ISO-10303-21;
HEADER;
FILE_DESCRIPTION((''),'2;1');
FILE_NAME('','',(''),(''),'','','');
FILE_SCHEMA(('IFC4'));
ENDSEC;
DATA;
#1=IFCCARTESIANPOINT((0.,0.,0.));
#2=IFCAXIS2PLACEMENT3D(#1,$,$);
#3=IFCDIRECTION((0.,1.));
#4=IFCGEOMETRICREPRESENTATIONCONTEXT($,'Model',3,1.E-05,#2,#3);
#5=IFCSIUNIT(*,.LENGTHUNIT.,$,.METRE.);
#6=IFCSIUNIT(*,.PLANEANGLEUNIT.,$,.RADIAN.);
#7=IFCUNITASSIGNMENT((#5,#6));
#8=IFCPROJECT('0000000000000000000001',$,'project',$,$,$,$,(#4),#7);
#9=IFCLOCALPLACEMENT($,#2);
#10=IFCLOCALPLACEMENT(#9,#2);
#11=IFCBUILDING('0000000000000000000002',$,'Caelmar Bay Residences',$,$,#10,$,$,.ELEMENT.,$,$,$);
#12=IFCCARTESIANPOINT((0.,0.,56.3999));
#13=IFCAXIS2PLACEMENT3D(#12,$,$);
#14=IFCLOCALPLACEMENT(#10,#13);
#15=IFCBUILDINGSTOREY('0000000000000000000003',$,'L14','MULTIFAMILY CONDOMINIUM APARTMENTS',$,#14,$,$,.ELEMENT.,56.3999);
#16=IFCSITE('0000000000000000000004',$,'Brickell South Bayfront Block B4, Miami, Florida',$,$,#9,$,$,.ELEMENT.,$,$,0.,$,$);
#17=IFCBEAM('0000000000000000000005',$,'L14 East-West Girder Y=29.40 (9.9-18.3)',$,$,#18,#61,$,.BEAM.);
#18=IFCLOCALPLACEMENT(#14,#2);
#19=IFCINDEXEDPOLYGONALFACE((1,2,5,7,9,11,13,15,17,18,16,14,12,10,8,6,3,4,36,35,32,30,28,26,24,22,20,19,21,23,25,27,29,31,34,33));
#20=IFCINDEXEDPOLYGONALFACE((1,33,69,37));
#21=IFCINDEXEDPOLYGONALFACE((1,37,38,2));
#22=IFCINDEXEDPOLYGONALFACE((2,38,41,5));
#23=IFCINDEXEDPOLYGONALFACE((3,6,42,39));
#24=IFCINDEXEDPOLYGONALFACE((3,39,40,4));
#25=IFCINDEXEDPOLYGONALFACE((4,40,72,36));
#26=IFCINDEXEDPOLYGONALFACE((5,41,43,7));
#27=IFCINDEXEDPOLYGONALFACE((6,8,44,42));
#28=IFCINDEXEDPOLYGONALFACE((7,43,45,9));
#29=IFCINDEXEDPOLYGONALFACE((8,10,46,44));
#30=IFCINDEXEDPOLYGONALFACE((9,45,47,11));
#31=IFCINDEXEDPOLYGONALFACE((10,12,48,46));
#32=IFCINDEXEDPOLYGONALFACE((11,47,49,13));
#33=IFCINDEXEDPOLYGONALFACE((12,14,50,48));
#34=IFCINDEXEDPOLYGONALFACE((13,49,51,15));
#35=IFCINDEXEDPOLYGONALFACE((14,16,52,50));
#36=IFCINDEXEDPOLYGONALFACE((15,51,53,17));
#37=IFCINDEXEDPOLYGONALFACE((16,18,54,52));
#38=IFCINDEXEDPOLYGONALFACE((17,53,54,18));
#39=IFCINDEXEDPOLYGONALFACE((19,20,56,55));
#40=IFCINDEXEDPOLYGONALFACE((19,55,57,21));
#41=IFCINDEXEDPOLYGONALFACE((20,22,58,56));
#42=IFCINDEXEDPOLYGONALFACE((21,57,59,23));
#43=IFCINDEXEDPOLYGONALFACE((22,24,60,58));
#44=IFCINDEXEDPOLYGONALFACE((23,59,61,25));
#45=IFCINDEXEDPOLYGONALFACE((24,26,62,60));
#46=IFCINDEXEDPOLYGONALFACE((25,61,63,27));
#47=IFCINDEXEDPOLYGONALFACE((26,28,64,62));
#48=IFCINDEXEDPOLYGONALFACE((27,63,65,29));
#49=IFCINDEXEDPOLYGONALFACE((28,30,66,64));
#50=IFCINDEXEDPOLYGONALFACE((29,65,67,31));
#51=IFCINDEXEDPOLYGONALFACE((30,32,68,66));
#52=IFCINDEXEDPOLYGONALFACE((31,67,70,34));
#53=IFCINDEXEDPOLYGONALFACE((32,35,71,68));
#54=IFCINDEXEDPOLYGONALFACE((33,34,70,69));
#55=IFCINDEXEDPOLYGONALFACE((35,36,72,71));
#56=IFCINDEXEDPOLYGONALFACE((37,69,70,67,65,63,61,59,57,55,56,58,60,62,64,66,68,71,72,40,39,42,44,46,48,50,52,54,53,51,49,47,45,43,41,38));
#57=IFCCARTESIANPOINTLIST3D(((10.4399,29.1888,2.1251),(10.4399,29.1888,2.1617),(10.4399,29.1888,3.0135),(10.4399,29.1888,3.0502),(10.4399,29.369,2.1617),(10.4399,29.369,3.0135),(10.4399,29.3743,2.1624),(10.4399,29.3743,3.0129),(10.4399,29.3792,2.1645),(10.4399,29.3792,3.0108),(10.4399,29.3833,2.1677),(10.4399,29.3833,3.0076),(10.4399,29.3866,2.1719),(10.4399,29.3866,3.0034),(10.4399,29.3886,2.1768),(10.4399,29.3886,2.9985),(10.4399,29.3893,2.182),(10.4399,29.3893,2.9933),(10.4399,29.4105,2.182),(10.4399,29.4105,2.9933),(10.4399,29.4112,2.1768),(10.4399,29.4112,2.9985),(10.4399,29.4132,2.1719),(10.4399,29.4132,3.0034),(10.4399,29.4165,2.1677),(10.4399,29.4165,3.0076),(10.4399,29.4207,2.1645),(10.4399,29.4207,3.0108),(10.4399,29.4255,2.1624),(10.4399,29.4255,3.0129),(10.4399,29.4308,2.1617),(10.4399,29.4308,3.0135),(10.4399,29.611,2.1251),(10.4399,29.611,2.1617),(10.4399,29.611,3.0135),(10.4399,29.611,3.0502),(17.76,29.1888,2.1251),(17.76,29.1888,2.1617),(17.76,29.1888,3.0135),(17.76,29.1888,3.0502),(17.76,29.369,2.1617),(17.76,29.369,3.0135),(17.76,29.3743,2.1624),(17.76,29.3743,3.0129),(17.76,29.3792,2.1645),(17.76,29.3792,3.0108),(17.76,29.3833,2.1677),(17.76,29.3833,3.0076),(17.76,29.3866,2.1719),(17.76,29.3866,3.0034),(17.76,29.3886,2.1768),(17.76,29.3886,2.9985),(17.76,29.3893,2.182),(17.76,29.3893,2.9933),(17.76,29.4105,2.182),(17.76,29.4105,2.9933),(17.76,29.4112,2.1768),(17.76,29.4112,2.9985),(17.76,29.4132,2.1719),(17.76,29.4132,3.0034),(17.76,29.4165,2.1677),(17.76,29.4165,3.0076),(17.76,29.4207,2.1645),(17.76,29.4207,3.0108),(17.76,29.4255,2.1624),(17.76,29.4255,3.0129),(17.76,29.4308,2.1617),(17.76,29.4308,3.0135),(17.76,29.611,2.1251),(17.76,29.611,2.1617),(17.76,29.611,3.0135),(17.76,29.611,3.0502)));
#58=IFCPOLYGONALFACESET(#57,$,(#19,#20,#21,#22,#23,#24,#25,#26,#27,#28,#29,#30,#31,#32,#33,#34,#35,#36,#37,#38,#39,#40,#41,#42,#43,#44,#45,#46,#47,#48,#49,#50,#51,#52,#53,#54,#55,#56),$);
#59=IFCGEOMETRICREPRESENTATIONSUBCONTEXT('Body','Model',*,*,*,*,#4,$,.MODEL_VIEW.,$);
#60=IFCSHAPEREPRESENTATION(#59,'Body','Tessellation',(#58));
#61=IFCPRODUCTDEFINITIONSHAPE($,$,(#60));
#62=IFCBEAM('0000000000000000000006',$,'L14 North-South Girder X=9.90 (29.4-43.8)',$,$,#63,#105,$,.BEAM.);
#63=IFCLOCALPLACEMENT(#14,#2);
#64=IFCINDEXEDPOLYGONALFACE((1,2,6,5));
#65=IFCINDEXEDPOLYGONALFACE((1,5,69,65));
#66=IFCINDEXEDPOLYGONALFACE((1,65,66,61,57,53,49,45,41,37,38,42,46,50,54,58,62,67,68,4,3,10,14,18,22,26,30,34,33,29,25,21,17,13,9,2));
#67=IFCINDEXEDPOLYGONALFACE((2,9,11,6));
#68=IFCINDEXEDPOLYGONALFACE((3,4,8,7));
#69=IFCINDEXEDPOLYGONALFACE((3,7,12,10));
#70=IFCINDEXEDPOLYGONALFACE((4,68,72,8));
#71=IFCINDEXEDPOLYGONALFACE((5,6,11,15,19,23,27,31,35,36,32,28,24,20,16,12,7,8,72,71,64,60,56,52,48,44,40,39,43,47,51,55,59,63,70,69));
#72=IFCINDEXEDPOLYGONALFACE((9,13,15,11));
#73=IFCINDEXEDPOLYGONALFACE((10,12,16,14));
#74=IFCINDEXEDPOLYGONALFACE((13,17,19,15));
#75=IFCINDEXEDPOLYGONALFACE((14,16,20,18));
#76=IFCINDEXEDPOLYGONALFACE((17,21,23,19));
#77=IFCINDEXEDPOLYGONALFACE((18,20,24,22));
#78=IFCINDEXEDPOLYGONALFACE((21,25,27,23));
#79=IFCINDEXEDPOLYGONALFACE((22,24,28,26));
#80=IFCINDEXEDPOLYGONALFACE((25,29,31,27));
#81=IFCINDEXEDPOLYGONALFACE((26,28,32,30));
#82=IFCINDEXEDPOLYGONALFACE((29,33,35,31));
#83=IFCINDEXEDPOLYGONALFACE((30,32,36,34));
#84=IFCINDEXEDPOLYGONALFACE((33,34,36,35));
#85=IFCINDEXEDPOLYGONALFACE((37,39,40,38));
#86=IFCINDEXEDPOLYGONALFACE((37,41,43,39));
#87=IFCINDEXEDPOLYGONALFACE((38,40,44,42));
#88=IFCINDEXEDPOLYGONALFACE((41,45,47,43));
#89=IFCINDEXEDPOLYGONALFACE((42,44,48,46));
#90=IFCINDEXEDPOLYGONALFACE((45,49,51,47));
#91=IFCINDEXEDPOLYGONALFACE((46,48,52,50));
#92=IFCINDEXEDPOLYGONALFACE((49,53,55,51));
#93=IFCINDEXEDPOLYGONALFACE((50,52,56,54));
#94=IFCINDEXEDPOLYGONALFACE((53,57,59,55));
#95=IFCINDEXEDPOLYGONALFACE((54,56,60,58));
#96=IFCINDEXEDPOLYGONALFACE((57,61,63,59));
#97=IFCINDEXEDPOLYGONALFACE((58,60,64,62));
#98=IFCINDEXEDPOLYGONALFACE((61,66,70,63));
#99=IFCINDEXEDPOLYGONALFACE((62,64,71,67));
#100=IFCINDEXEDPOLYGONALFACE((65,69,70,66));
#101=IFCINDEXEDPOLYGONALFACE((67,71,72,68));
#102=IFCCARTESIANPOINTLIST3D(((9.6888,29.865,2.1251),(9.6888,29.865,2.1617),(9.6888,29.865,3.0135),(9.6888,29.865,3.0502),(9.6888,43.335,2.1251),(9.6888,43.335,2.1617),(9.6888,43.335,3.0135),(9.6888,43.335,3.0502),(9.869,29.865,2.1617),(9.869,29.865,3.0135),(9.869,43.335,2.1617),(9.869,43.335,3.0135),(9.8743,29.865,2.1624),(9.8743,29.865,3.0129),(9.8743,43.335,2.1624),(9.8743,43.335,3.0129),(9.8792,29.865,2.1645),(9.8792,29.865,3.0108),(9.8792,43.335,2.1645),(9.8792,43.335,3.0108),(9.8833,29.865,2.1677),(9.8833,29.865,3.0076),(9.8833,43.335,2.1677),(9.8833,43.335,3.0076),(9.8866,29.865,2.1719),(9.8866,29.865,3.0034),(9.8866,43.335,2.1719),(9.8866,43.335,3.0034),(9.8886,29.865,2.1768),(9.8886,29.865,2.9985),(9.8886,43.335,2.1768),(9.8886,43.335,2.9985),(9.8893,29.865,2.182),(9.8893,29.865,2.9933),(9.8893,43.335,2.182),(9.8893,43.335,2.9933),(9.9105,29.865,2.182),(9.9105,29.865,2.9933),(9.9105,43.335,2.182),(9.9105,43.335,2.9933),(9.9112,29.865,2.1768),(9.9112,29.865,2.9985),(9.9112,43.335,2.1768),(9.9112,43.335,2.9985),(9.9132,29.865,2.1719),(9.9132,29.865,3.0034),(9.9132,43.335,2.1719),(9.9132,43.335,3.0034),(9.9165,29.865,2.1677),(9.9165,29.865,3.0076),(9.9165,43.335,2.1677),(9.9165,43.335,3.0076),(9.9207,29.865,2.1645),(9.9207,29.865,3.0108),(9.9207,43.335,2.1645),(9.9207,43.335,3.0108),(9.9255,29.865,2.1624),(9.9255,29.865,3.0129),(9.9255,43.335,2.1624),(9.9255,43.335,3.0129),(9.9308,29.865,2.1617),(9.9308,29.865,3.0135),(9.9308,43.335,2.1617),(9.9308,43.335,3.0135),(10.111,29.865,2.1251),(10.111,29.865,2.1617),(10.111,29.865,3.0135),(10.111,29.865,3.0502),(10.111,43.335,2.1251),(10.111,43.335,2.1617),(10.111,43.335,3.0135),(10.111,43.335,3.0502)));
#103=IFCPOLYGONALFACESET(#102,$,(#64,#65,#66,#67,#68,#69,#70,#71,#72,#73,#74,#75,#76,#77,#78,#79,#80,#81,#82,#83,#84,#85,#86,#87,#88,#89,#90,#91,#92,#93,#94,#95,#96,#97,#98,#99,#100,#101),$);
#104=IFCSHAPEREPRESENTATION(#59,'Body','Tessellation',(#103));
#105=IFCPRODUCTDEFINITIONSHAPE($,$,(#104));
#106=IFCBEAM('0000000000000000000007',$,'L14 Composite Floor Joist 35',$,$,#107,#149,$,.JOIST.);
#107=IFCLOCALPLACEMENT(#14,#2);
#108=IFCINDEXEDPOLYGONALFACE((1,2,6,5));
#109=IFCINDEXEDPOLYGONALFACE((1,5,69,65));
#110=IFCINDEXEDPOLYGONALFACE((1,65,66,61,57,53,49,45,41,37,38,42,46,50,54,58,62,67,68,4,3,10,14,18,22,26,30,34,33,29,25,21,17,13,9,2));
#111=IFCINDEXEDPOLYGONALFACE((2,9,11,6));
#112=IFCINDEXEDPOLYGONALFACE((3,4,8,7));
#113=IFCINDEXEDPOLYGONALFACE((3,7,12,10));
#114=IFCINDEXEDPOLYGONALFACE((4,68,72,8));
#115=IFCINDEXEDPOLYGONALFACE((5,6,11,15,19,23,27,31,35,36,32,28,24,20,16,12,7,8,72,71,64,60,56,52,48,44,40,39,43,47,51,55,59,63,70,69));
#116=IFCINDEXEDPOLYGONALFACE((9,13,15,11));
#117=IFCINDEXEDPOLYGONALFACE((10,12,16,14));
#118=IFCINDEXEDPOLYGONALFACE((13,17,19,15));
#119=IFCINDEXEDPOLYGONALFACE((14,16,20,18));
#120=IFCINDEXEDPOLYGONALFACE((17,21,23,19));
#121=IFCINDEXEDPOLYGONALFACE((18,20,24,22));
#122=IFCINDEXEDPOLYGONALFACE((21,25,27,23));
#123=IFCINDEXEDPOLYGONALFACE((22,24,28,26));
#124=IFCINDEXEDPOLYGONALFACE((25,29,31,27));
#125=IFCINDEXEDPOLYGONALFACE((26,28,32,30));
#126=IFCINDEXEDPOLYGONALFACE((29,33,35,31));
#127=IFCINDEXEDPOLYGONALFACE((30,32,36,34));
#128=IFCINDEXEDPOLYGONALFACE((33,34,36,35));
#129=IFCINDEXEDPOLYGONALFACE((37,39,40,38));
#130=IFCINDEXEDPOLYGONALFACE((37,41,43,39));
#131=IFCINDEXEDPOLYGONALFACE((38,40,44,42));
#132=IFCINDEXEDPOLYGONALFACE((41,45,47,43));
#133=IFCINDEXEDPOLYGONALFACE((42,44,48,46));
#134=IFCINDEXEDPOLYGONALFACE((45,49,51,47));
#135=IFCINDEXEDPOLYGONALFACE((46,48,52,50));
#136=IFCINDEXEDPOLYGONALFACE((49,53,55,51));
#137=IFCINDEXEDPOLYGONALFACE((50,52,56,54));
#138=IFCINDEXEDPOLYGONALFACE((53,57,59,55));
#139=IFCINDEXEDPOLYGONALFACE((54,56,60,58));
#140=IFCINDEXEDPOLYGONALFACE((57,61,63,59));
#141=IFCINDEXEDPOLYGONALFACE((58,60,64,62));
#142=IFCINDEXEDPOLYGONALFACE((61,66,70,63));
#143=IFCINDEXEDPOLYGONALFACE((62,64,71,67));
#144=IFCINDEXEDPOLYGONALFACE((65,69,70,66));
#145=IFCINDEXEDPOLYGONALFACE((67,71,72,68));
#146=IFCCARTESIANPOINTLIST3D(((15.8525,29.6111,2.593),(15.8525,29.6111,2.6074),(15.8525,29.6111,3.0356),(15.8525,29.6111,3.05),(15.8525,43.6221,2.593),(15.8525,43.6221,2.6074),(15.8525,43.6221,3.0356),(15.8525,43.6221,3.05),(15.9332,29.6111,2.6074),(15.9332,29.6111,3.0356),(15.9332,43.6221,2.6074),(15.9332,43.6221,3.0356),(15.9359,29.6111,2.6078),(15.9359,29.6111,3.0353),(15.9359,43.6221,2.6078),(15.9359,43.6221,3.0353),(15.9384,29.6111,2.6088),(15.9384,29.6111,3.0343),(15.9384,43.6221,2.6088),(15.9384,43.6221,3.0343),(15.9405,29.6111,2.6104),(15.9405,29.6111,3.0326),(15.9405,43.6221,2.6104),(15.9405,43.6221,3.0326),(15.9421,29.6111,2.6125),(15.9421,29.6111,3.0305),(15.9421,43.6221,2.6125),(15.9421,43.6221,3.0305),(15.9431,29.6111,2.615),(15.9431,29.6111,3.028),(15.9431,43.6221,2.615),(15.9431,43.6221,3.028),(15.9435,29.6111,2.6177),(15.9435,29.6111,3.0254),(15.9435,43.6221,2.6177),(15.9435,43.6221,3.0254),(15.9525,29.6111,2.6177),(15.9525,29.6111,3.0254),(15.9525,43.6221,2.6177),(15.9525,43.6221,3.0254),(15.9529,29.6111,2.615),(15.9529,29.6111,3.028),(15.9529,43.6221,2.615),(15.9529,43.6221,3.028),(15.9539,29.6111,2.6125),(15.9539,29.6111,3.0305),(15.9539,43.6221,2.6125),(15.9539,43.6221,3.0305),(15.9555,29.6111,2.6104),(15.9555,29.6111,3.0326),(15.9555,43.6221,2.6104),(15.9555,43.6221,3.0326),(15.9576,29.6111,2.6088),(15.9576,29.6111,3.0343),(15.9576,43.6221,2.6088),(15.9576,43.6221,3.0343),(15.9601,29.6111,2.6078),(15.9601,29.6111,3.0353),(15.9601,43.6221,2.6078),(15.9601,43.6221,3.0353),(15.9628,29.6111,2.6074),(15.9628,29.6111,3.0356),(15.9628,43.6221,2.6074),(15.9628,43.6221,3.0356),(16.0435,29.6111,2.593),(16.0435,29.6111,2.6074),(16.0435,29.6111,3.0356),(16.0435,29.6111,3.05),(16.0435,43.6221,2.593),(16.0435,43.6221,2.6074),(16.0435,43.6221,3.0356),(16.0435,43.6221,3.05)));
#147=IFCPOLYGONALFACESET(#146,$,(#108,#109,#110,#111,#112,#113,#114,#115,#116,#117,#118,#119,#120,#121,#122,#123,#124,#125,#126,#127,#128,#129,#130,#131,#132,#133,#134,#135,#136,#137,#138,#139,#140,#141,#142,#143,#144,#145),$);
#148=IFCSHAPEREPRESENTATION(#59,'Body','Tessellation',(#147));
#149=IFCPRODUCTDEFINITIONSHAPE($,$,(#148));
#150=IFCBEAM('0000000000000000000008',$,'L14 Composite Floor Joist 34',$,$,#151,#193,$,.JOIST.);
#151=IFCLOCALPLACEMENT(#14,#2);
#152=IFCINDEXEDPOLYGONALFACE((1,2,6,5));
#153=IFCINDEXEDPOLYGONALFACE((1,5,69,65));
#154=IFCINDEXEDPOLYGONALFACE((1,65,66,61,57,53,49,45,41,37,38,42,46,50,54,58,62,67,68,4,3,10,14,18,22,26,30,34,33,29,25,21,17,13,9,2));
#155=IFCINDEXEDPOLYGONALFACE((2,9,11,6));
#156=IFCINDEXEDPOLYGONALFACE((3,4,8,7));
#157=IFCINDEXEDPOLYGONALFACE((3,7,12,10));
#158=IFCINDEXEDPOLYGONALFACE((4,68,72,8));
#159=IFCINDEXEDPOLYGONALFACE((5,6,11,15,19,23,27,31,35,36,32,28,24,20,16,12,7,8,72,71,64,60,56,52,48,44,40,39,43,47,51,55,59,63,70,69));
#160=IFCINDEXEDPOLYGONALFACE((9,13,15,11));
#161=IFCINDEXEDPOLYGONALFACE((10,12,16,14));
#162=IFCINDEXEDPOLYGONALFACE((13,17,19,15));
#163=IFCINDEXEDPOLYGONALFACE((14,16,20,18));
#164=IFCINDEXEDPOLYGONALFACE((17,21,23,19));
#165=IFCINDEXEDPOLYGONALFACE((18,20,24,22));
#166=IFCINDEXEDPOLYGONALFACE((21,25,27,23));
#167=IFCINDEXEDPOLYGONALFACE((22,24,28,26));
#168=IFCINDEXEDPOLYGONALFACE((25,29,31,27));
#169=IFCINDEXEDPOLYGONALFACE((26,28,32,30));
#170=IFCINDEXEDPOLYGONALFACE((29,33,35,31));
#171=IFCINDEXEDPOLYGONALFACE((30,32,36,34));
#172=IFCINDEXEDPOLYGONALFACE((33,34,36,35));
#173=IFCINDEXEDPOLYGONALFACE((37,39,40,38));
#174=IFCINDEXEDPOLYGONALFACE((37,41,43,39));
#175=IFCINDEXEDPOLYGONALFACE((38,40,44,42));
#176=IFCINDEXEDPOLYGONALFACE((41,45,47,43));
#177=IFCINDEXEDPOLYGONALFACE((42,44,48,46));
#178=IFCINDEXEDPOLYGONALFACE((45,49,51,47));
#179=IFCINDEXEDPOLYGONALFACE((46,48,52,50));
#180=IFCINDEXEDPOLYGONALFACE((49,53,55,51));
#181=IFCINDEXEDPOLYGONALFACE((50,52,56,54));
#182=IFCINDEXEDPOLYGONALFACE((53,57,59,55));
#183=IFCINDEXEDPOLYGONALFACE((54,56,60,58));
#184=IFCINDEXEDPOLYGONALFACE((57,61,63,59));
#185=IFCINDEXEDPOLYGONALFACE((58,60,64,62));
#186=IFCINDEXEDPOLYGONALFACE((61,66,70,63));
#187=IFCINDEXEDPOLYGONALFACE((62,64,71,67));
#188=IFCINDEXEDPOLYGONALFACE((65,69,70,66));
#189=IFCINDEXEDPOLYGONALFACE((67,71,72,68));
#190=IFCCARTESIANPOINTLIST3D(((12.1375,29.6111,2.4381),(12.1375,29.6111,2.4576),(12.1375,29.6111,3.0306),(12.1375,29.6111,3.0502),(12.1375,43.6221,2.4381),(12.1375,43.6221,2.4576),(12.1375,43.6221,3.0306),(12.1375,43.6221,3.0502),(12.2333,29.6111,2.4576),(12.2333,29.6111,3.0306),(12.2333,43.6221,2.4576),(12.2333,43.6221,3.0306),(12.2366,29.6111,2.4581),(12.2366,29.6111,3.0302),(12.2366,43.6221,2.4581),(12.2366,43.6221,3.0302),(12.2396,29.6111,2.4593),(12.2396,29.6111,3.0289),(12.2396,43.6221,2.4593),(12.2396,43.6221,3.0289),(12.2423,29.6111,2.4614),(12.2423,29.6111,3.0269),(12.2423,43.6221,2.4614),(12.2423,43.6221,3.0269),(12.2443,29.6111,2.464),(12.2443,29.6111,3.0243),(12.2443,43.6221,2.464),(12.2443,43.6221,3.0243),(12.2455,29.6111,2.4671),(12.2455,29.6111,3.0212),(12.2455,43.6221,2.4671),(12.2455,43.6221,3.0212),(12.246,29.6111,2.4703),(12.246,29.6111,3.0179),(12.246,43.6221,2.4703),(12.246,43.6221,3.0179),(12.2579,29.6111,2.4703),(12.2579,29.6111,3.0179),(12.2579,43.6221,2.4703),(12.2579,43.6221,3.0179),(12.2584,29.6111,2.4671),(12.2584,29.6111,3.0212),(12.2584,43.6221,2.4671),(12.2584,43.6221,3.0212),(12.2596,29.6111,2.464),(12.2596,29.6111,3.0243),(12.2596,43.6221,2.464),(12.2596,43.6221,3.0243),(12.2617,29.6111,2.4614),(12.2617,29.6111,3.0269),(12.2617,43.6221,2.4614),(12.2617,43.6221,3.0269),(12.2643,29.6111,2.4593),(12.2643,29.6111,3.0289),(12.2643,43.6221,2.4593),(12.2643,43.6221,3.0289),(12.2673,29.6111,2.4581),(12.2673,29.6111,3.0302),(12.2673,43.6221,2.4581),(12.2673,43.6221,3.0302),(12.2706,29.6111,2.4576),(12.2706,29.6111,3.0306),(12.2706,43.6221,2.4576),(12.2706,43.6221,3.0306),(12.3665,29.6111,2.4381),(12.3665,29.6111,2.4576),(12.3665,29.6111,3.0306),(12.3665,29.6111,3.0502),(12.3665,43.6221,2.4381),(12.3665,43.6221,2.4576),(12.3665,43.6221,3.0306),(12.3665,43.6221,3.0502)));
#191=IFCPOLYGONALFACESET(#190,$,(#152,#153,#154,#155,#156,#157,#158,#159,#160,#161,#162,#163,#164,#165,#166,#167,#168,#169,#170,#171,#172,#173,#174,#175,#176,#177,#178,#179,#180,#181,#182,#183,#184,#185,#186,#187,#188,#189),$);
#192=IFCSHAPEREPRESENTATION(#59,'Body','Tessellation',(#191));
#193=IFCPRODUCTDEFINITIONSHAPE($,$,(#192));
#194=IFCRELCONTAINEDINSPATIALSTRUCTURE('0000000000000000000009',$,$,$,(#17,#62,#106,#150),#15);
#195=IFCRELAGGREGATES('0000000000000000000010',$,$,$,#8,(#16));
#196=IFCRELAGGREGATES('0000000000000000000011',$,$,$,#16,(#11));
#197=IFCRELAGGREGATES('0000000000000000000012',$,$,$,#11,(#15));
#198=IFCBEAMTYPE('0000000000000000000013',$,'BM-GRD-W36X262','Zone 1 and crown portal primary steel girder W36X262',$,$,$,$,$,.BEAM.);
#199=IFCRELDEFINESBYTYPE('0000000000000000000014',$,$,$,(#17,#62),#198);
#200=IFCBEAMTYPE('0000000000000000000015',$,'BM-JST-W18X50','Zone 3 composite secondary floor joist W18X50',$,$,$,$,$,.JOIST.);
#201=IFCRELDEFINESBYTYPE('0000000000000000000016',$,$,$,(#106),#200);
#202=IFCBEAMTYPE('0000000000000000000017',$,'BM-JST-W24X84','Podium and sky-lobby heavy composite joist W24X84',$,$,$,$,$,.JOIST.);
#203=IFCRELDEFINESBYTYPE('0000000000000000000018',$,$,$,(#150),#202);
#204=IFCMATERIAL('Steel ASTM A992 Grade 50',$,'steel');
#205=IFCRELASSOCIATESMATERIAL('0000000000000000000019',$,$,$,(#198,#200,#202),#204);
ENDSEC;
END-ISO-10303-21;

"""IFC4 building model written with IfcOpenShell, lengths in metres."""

from ifc_helpers import new_model, si_unit, direction, frame, origin, origin_2d, place, context, subcontext, project, spatial, i_section, extrude, material, material_profile, profile_set, type_object, element, save


model = new_model("IFC4")

# Units and contexts
model_context = context("Model", 3, precision=1e-05, world=origin(), true_north=direction((0.0, 1.0)))
body_context = subcontext(model_context, "Body", "Model", "MODEL_VIEW")
ifc_project = project(units=[si_unit("LENGTHUNIT", "METRE"), si_unit("PLANEANGLEUNIT", "RADIAN")], contexts=[model_context])

# Site, building, storey
site_placement = place(None, origin())
site = spatial("IfcSite", under=ifc_project, at=site_placement, Name="Brickell South Bayfront Block B4, Miami, Florida", CompositionType="ELEMENT", RefElevation=0.0)
building_placement = place(site_placement, origin())
building = spatial("IfcBuilding", under=site, at=building_placement, Name="Caelmar Bay Residences", CompositionType="ELEMENT")
storey_placement = place(building_placement, frame((0.0, 0.0, 56.3999)))
storey = spatial("IfcBuildingStorey", under=building, at=storey_placement, Name="L14", Description="MULTIFAMILY CONDOMINIUM APARTMENTS", CompositionType="ELEMENT", Elevation=56.3999)

# Beams
ifc_material_1 = material(Name="Steel ASTM A992 Grade 50", Category="steel")
ifc_material_profile_1 = material_profile(ifc_material_1, i_section(OverallWidth=0.4221, OverallDepth=0.925, WebThickness=0.0212, FlangeThickness=0.0366, FilletRadius=0.0203, at=origin_2d()), Name="W36X262")
ifc_profile_set_1 = profile_set([ifc_material_profile_1], Name="Steel ASTM A992 Grade 50")
beam_type_1 = type_object("IfcBeamType", Name="BM-GRD-W36X262", Description="Zone 1 and crown portal primary steel girder W36X262", PredefinedType="BEAM", material=ifc_profile_set_1)
beam_1_placement = place(storey_placement, frame((10.4399, 29.3999, 2.5876), z_axis=(1.0, 0.0, 0.0), x_axis=(0.0, 1.0, 0.0)))
element("IfcBeam", 1, at=beam_1_placement, inside=storey, type_object=beam_type_1, Name="L14 East-West Girder Y=29.40 (9.9-18.3)", PredefinedType="BEAM", context=body_context, shape_type="SweptSolid", body=[
    extrude(i_section(OverallWidth=0.4221, OverallDepth=0.925, WebThickness=0.0212, FlangeThickness=0.0366, FilletRadius=0.0203, at=origin_2d()), origin(), (0.0, 0.0, 1.0), 7.3201),
])
beam_2_placement = place(storey_placement, frame((9.8999, 29.865, 2.5876), z_axis=(0.0, 1.0, 0.0), x_axis=(-1.0, 0.0, 0.0)))
element("IfcBeam", 2, at=beam_2_placement, inside=storey, type_object=beam_type_1, Name="L14 North-South Girder X=9.90 (29.4-43.8)", PredefinedType="BEAM", context=body_context, shape_type="SweptSolid", body=[
    extrude(i_section(OverallWidth=0.4221, OverallDepth=0.925, WebThickness=0.0212, FlangeThickness=0.0366, FilletRadius=0.0203, at=origin_2d()), origin(), (0.0, 0.0, 1.0), 13.47),
])
ifc_material_profile_2 = material_profile(ifc_material_1, i_section(OverallWidth=0.1909, OverallDepth=0.457, WebThickness=0.009, FlangeThickness=0.0144, FilletRadius=0.0103, at=origin_2d()), Name="W18X50")
ifc_profile_set_2 = profile_set([ifc_material_profile_2], Name="Steel ASTM A992 Grade 50")
beam_type_2 = type_object("IfcBeamType", Name="BM-JST-W18X50", Description="Zone 3 composite secondary floor joist W18X50", PredefinedType="JOIST", material=ifc_profile_set_2)
beam_3_placement = place(storey_placement, frame((15.948, 29.6111, 2.8215), z_axis=(0.0, 1.0, 0.0), x_axis=(-1.0, 0.0, 0.0)))
element("IfcBeam", 3, at=beam_3_placement, inside=storey, type_object=beam_type_2, Name="L14 Composite Floor Joist 35", PredefinedType="JOIST", context=body_context, shape_type="SweptSolid", body=[
    extrude(i_section(OverallWidth=0.1909, OverallDepth=0.457, WebThickness=0.009, FlangeThickness=0.0144, FilletRadius=0.0103, at=origin_2d()), origin(), (0.0, 0.0, 1.0), 14.011),
])
ifc_material_profile_3 = material_profile(ifc_material_1, i_section(OverallWidth=0.229, OverallDepth=0.6121, WebThickness=0.012, FlangeThickness=0.0195, FilletRadius=0.0127, at=origin_2d()), Name="W24X84")
ifc_profile_set_3 = profile_set([ifc_material_profile_3], Name="Steel ASTM A992 Grade 50")
beam_type_3 = type_object("IfcBeamType", Name="BM-JST-W24X84", Description="Podium and sky-lobby heavy composite joist W24X84", PredefinedType="JOIST", material=ifc_profile_set_3)
beam_4_placement = place(storey_placement, frame((12.252, 29.6111, 2.7441), z_axis=(0.0, 1.0, 0.0), x_axis=(-1.0, 0.0, 0.0)))
element("IfcBeam", 4, at=beam_4_placement, inside=storey, type_object=beam_type_3, Name="L14 Composite Floor Joist 34", PredefinedType="JOIST", context=body_context, shape_type="SweptSolid", body=[
    extrude(i_section(OverallWidth=0.229, OverallDepth=0.6121, WebThickness=0.012, FlangeThickness=0.0195, FilletRadius=0.0127, at=origin_2d()), origin(), (0.0, 0.0, 1.0), 14.011),
])

save(model, "model.ifc")
